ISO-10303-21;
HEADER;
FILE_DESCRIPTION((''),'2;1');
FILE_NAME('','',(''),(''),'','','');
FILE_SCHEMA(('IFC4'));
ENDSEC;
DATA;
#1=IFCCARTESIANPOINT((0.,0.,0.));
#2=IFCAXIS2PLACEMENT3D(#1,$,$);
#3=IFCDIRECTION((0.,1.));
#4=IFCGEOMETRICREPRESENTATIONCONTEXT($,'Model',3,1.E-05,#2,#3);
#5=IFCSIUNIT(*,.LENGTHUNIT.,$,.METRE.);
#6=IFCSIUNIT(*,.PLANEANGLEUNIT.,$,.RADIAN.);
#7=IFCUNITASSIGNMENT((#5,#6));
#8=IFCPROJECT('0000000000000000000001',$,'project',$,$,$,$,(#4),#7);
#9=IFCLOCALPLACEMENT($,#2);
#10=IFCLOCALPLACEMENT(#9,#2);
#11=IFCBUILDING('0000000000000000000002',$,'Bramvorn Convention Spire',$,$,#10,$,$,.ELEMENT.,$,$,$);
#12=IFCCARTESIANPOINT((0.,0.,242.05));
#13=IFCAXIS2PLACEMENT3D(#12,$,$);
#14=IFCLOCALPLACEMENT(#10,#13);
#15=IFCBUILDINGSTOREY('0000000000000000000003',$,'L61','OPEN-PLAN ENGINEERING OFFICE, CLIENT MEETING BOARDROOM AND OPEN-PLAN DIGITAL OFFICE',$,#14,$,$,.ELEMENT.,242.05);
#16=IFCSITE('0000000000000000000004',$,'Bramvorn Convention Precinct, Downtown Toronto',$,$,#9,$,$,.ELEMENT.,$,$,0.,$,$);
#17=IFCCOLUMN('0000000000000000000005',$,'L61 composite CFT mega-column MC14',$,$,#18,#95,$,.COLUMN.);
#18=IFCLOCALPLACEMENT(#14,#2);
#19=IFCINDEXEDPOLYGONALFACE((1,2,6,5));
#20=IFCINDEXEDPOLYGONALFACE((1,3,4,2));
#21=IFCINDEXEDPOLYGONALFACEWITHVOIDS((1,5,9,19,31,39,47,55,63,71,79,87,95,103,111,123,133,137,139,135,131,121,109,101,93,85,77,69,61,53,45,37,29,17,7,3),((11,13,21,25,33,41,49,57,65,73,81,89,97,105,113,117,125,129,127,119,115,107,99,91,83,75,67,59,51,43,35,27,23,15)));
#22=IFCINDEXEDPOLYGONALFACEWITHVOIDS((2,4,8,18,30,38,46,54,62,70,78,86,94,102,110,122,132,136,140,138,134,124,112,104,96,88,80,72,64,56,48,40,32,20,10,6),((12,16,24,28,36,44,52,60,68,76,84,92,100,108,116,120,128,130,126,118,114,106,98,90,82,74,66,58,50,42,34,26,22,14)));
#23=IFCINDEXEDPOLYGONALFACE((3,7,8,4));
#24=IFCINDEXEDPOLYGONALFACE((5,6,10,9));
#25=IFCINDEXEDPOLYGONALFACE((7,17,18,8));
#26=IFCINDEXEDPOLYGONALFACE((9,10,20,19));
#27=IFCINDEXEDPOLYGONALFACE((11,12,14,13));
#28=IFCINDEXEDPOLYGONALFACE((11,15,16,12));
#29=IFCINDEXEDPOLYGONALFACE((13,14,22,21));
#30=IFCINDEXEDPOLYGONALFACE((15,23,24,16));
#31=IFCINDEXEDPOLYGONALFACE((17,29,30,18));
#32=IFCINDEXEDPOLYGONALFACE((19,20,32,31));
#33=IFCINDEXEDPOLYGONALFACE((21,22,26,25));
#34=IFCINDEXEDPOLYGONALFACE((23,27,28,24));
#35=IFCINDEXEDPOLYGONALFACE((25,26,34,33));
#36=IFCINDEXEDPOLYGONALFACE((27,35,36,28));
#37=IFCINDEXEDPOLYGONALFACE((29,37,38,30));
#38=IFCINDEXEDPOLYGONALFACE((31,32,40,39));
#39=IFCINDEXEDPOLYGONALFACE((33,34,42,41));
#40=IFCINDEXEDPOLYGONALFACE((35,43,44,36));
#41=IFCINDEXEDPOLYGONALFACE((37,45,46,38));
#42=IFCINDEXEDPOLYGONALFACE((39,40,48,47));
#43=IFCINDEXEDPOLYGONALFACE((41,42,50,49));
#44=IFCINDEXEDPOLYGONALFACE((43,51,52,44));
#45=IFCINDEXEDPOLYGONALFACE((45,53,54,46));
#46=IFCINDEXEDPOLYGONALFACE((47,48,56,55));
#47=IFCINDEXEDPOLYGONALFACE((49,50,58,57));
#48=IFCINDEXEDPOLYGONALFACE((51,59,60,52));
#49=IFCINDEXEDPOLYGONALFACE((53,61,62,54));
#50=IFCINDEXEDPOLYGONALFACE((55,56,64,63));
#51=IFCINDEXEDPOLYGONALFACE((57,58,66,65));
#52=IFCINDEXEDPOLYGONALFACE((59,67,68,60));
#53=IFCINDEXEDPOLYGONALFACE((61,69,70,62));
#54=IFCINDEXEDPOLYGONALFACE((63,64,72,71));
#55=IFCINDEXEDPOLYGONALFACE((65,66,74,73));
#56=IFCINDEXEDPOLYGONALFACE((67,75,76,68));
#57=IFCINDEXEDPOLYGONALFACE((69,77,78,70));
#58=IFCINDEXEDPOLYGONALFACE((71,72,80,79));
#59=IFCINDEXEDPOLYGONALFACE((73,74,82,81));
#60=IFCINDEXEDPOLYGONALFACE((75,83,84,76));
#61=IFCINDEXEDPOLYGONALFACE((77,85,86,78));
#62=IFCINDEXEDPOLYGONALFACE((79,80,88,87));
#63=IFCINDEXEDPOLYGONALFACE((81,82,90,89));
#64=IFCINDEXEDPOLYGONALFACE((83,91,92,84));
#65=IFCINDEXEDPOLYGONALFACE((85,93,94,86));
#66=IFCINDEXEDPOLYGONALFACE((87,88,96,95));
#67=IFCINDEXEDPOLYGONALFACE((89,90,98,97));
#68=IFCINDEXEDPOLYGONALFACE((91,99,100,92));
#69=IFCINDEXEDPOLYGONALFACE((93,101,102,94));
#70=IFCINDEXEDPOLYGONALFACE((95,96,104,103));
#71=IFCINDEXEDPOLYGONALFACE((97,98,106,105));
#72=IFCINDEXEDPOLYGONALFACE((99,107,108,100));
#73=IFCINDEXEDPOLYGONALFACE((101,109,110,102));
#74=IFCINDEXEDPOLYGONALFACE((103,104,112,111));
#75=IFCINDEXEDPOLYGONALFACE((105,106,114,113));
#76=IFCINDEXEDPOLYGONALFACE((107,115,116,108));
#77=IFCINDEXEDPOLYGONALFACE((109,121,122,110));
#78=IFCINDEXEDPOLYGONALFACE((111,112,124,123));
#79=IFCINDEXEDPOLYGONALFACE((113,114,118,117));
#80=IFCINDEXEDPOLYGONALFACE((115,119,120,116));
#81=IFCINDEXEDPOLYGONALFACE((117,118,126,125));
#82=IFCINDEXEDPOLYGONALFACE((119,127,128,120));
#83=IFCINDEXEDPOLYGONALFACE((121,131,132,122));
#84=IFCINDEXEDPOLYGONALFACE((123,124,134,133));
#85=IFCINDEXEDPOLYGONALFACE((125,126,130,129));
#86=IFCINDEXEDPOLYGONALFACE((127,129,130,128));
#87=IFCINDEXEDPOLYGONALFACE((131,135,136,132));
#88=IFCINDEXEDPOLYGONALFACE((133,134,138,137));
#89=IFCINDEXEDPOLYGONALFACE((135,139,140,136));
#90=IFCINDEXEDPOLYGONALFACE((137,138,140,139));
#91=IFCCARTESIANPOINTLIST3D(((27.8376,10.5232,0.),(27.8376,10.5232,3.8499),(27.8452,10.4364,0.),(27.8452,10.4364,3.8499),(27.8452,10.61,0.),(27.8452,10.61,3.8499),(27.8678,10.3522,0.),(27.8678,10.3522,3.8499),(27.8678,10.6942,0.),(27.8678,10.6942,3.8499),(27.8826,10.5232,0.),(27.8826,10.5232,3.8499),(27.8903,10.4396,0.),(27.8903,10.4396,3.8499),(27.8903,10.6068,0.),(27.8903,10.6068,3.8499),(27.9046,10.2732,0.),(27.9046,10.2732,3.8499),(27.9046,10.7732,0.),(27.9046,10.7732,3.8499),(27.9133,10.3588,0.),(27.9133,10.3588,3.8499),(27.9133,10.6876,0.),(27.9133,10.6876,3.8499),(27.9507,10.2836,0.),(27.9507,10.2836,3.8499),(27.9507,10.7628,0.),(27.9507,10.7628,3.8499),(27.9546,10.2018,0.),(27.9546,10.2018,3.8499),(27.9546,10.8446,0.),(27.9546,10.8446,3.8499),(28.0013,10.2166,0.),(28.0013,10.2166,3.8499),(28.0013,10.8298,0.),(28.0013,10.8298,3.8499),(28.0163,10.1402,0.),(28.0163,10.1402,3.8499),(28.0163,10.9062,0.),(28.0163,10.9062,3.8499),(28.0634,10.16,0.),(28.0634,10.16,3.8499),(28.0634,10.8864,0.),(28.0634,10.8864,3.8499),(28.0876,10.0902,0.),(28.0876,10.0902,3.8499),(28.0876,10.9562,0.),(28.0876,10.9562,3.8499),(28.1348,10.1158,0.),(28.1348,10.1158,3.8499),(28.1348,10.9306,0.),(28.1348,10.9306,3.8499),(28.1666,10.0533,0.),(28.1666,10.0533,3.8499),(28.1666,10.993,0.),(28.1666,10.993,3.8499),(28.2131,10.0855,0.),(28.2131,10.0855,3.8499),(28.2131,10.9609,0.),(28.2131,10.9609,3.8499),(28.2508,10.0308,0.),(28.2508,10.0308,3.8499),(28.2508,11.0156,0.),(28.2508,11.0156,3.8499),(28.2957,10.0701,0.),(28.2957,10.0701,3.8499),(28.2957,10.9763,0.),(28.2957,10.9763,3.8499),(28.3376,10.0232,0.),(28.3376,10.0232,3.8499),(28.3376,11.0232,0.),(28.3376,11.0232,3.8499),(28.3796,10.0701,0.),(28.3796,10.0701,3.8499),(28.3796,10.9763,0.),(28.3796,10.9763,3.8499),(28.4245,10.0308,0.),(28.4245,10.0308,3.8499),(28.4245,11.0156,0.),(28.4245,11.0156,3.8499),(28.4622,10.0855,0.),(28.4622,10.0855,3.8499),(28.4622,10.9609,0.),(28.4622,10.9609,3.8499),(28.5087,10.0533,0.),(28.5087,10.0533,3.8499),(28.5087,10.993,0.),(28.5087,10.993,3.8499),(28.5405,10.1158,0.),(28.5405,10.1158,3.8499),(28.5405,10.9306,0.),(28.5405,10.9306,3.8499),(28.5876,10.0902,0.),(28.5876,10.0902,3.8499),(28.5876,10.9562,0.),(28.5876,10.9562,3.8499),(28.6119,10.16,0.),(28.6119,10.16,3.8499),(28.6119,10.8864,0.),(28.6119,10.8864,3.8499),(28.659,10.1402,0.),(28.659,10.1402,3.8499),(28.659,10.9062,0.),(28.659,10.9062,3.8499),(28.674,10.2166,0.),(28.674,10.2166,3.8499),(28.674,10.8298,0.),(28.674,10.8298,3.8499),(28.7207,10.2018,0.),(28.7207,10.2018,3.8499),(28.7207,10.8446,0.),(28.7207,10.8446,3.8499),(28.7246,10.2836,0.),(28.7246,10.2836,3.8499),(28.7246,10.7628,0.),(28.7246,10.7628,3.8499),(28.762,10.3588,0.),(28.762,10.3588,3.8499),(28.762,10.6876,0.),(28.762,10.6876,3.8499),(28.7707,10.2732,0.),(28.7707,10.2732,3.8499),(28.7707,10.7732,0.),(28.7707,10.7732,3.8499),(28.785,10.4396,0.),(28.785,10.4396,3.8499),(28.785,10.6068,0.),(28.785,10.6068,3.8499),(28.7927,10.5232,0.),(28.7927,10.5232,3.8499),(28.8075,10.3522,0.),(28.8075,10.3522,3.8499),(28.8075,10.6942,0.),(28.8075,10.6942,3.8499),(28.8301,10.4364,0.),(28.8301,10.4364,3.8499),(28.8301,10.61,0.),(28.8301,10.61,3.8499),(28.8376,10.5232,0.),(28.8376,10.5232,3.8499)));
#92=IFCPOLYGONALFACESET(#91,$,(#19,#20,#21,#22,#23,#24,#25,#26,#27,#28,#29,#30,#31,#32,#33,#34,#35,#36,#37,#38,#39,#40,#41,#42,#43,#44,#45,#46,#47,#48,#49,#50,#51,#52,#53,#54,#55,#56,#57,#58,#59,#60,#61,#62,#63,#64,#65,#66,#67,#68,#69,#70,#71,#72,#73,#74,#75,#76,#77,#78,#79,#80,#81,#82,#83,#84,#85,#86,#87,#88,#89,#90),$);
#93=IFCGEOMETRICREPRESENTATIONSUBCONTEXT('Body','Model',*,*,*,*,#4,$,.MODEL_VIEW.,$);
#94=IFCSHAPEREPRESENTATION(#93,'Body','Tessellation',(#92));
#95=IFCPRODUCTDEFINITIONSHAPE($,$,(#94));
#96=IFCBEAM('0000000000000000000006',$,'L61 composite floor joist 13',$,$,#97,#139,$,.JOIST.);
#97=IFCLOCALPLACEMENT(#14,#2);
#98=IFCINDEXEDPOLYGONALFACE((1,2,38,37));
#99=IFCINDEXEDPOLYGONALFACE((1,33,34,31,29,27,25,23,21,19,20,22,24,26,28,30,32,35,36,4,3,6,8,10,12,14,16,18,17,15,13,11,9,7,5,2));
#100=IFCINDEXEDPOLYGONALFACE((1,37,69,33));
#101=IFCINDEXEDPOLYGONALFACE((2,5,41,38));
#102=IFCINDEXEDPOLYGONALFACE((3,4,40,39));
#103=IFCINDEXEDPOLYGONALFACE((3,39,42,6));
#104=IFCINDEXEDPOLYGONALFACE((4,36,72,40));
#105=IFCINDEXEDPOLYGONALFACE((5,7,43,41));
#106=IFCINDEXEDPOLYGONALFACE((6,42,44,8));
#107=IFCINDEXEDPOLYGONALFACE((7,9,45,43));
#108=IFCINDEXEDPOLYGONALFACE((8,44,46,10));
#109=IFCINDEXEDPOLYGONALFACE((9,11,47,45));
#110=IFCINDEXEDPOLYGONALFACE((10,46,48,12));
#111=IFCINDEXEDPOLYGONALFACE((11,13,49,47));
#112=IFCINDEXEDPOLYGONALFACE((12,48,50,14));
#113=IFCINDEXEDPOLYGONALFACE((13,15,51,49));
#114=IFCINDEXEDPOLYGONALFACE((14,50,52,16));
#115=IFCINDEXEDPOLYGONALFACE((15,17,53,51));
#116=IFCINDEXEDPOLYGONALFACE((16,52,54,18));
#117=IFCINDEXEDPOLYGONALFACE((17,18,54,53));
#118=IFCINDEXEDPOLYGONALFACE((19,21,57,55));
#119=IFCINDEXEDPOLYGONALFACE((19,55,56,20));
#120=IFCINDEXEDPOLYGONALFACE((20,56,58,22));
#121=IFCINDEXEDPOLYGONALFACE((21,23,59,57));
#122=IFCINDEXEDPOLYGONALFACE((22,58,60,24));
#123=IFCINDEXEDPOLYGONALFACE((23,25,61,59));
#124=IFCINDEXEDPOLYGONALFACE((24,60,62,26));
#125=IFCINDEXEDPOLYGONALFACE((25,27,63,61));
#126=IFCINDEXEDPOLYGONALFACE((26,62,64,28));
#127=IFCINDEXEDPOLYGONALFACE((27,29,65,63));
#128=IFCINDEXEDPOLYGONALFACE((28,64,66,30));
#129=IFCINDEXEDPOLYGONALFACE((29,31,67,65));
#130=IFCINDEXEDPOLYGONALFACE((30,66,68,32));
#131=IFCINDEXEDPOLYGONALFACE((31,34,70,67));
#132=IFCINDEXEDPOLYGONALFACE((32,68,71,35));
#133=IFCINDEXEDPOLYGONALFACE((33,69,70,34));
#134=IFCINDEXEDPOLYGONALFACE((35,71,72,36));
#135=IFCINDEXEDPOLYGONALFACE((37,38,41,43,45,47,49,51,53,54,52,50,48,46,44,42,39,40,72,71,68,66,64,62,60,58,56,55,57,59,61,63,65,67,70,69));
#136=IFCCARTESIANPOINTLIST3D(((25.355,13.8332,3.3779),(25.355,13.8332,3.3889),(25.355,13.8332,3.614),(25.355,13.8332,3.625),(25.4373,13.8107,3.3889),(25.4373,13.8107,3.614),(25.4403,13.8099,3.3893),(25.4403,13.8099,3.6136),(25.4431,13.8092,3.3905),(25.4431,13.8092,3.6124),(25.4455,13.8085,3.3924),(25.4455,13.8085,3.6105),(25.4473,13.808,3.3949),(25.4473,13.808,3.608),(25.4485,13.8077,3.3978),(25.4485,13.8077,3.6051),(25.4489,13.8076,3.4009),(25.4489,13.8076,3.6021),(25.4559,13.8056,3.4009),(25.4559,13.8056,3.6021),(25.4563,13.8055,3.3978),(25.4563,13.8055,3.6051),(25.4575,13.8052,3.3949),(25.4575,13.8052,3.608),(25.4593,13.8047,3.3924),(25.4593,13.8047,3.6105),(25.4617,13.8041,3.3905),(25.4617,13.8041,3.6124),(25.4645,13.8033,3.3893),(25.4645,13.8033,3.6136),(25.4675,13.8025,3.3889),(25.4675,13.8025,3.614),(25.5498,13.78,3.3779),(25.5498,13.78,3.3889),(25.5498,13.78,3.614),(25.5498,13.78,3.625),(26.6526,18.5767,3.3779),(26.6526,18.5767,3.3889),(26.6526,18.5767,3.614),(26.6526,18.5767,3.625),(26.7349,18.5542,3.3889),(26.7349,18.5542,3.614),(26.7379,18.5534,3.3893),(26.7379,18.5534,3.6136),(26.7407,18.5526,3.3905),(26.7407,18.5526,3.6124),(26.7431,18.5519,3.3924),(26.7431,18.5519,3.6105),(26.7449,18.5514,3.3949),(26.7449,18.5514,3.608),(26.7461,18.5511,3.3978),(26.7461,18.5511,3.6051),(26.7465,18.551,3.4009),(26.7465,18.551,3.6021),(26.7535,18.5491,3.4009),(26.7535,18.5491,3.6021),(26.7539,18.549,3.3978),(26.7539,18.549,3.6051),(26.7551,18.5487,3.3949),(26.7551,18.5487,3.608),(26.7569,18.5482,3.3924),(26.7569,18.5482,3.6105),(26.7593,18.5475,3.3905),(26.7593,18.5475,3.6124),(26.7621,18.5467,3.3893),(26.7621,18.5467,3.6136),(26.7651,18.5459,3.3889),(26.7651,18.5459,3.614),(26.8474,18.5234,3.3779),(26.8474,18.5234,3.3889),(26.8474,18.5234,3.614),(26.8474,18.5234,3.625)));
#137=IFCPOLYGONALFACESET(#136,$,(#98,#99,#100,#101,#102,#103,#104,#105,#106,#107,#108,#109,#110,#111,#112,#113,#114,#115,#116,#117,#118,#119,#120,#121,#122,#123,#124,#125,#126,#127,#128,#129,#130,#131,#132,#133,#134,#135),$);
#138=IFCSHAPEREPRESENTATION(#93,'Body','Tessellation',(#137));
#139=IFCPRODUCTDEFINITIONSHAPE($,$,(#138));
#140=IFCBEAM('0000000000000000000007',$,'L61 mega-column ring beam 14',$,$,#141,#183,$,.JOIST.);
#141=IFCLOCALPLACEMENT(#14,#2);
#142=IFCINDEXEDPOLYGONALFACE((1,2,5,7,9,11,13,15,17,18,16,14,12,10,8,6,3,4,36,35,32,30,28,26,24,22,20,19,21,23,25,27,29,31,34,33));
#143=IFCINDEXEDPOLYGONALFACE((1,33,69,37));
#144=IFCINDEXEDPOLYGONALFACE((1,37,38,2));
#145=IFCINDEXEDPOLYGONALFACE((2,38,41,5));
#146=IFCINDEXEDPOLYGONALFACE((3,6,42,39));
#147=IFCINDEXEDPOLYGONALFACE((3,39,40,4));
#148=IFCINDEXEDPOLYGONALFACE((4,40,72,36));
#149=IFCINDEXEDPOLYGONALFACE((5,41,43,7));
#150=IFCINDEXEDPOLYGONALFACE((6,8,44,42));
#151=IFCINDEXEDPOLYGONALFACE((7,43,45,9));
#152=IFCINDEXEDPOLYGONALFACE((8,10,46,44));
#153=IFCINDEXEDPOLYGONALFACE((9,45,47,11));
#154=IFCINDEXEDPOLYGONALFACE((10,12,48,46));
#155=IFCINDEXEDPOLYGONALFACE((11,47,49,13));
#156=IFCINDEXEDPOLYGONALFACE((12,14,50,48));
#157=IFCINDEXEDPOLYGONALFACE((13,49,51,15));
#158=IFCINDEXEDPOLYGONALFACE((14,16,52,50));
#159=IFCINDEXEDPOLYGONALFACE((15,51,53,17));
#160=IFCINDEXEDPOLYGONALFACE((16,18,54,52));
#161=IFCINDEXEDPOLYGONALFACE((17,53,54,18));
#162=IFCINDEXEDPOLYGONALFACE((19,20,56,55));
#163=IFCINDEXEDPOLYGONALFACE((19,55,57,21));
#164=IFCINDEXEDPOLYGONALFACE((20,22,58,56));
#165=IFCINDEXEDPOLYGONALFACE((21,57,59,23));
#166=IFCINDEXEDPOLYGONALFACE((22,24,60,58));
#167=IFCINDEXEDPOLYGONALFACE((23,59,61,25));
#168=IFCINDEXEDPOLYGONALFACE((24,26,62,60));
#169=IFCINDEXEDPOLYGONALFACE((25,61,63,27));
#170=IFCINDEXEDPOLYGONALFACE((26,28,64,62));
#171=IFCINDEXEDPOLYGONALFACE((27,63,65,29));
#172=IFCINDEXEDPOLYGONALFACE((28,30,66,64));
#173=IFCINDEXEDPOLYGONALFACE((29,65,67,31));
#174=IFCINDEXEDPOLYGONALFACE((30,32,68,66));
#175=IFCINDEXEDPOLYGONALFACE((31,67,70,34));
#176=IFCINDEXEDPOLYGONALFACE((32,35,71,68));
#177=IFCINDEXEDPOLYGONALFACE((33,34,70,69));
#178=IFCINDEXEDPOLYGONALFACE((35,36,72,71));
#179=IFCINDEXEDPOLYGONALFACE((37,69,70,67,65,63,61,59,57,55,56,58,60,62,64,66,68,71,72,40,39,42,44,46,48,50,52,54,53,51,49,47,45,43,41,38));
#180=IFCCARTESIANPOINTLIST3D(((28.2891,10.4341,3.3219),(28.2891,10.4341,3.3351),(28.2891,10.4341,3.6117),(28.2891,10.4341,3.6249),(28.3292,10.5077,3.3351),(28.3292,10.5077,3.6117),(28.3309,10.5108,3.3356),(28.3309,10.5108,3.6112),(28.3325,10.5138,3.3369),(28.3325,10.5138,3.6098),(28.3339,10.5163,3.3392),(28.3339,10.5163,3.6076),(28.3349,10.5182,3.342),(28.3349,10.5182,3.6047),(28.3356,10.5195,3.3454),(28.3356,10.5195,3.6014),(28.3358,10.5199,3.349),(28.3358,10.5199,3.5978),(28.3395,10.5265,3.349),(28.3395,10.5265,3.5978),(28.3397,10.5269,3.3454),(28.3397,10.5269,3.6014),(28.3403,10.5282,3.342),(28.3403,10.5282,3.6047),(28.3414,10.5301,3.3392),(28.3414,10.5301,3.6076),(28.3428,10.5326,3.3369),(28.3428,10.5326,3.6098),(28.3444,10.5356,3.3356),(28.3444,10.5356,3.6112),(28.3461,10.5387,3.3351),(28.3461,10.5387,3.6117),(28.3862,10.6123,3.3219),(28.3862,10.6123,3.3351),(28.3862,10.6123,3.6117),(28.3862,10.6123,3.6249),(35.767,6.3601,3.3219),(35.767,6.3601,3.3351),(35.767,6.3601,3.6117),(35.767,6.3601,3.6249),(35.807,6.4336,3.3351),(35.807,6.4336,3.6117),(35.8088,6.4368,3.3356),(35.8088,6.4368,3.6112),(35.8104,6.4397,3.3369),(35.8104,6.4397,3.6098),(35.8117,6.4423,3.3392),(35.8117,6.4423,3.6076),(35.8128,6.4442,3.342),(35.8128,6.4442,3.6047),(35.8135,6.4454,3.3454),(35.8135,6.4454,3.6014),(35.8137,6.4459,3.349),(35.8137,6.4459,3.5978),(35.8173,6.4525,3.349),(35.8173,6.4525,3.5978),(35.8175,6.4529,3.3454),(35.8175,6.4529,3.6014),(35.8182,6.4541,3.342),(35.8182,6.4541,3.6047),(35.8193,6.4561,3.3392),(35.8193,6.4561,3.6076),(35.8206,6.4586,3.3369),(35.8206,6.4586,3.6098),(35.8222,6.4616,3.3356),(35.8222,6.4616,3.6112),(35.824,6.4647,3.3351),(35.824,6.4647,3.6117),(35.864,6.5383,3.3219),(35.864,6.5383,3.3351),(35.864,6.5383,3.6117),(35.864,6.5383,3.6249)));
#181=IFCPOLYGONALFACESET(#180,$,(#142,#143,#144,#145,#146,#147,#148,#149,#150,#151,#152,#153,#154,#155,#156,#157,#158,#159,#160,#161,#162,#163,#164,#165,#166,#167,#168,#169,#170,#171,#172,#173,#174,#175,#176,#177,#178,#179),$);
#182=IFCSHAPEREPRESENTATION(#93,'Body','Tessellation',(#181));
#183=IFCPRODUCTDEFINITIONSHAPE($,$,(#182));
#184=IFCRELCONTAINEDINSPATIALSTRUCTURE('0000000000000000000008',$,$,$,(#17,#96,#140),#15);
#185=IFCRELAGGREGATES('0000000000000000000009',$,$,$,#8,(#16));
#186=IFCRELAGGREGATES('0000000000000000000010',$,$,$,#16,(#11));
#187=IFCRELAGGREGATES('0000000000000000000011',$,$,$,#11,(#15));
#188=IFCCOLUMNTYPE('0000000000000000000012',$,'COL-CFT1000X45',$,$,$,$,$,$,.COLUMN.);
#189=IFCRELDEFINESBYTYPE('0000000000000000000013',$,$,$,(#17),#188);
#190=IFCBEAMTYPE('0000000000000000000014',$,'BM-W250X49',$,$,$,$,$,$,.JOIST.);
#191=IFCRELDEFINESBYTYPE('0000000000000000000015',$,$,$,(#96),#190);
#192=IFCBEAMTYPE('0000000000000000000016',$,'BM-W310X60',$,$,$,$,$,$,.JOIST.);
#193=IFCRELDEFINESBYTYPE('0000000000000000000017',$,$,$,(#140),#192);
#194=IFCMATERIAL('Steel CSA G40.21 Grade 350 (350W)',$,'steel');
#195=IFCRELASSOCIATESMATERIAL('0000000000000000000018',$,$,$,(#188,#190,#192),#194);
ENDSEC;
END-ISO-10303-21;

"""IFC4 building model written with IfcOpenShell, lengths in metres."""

from ifc_helpers import new_model, si_unit, direction, frame, origin, origin_2d, place, context, subcontext, project, spatial, hollow_circle, i_section, extrude, material, material_profile, profile_set, type_object, element, save


model = new_model("IFC4")

# Units and contexts
model_context = context("Model", 3, precision=1e-05, world=origin(), true_north=direction((0.0, 1.0)))
body_context = subcontext(model_context, "Body", "Model", "MODEL_VIEW")
ifc_project = project(units=[si_unit("LENGTHUNIT", "METRE"), si_unit("PLANEANGLEUNIT", "RADIAN")], contexts=[model_context])

# Site, building, storey
site_placement = place(None, origin())
site = spatial("IfcSite", under=ifc_project, at=site_placement, Name="Bramvorn Convention Precinct, Downtown Toronto", CompositionType="ELEMENT", RefElevation=0.0)
building_placement = place(site_placement, origin())
building = spatial("IfcBuilding", under=site, at=building_placement, Name="Bramvorn Convention Spire", CompositionType="ELEMENT")
storey_placement = place(building_placement, frame((0.0, 0.0, 242.05)))
storey = spatial("IfcBuildingStorey", under=building, at=storey_placement, Name="L61", Description="OPEN-PLAN ENGINEERING OFFICE, CLIENT MEETING BOARDROOM AND OPEN-PLAN DIGITAL OFFICE", CompositionType="ELEMENT", Elevation=242.05)

# Column
ifc_material_1 = material(Name="Steel CSA G40.21 Grade 350 (350W)", Category="steel")
ifc_material_profile_1 = material_profile(ifc_material_1, hollow_circle(Radius=0.5, WallThickness=0.0449, at=origin_2d()))
ifc_profile_set_1 = profile_set([ifc_material_profile_1], Name="Steel CSA G40.21 Grade 350 (350W) - CFT1000X45")
column_type = type_object("IfcColumnType", Name="COL-CFT1000X45", PredefinedType="COLUMN", material=ifc_profile_set_1)
column_placement = place(storey_placement, frame((28.3376, 10.5232, 0.0), z_axis=(0.0, 0.0, 1.0), x_axis=(1.0, 0.0, 0.0)))
element("IfcColumn", 1, at=column_placement, inside=storey, type_object=column_type, Name="L61 composite CFT mega-column MC14", PredefinedType="COLUMN", context=body_context, shape_type="SweptSolid", body=[
    extrude(hollow_circle(Radius=0.5, WallThickness=0.0449, at=origin_2d()), origin(), (0.0, 0.0, 1.0), 3.8499),
])

# Beams
ifc_material_profile_2 = material_profile(ifc_material_1, i_section(OverallWidth=0.2019, OverallDepth=0.2471, WebThickness=0.0073, FlangeThickness=0.011, FilletRadius=0.012, at=origin_2d()))
ifc_profile_set_2 = profile_set([ifc_material_profile_2], Name="Steel CSA G40.21 Grade 350 (350W) - W250X49")
beam_type_1 = type_object("IfcBeamType", Name="BM-W250X49", PredefinedType="JOIST", material=ifc_profile_set_2)
beam_1_placement = place(storey_placement, frame((26.75, 18.55, 3.5015), z_axis=(-0.263865, -0.96456, 0.0), x_axis=(0.96456, -0.263865, 0.0)))
element("IfcBeam", 2, at=beam_1_placement, inside=storey, type_object=beam_type_1, Name="L61 composite floor joist 13", PredefinedType="JOIST", context=body_context, shape_type="SweptSolid", body=[
    extrude(i_section(OverallWidth=0.2019, OverallDepth=0.2471, WebThickness=0.0073, FlangeThickness=0.011, FilletRadius=0.012, at=origin_2d()), origin(), (0.0, 0.0, 1.0), 4.9177),
])
ifc_material_profile_3 = material_profile(ifc_material_1, i_section(OverallWidth=0.2029, OverallDepth=0.303, WebThickness=0.0076, FlangeThickness=0.0132, FilletRadius=0.0139, at=origin_2d()))
ifc_profile_set_3 = profile_set([ifc_material_profile_3], Name="Steel CSA G40.21 Grade 350 (350W) - W310X60")
beam_type_2 = type_object("IfcBeamType", Name="BM-W310X60", PredefinedType="JOIST", material=ifc_profile_set_3)
beam_2_placement = place(storey_placement, frame((28.3376, 10.5232, 3.4734), z_axis=(0.878133, -0.478416, 0.0), x_axis=(0.478416, 0.878133, 0.0)))
element("IfcBeam", 3, at=beam_2_placement, inside=storey, type_object=beam_type_2, Name="L61 mega-column ring beam 14", PredefinedType="JOIST", context=body_context, shape_type="SweptSolid", body=[
    extrude(i_section(OverallWidth=0.2029, OverallDepth=0.303, WebThickness=0.0076, FlangeThickness=0.0132, FilletRadius=0.0139, at=origin_2d()), origin(), (0.0, 0.0, 1.0), 8.5156),
])

save(model, "model.ifc")
